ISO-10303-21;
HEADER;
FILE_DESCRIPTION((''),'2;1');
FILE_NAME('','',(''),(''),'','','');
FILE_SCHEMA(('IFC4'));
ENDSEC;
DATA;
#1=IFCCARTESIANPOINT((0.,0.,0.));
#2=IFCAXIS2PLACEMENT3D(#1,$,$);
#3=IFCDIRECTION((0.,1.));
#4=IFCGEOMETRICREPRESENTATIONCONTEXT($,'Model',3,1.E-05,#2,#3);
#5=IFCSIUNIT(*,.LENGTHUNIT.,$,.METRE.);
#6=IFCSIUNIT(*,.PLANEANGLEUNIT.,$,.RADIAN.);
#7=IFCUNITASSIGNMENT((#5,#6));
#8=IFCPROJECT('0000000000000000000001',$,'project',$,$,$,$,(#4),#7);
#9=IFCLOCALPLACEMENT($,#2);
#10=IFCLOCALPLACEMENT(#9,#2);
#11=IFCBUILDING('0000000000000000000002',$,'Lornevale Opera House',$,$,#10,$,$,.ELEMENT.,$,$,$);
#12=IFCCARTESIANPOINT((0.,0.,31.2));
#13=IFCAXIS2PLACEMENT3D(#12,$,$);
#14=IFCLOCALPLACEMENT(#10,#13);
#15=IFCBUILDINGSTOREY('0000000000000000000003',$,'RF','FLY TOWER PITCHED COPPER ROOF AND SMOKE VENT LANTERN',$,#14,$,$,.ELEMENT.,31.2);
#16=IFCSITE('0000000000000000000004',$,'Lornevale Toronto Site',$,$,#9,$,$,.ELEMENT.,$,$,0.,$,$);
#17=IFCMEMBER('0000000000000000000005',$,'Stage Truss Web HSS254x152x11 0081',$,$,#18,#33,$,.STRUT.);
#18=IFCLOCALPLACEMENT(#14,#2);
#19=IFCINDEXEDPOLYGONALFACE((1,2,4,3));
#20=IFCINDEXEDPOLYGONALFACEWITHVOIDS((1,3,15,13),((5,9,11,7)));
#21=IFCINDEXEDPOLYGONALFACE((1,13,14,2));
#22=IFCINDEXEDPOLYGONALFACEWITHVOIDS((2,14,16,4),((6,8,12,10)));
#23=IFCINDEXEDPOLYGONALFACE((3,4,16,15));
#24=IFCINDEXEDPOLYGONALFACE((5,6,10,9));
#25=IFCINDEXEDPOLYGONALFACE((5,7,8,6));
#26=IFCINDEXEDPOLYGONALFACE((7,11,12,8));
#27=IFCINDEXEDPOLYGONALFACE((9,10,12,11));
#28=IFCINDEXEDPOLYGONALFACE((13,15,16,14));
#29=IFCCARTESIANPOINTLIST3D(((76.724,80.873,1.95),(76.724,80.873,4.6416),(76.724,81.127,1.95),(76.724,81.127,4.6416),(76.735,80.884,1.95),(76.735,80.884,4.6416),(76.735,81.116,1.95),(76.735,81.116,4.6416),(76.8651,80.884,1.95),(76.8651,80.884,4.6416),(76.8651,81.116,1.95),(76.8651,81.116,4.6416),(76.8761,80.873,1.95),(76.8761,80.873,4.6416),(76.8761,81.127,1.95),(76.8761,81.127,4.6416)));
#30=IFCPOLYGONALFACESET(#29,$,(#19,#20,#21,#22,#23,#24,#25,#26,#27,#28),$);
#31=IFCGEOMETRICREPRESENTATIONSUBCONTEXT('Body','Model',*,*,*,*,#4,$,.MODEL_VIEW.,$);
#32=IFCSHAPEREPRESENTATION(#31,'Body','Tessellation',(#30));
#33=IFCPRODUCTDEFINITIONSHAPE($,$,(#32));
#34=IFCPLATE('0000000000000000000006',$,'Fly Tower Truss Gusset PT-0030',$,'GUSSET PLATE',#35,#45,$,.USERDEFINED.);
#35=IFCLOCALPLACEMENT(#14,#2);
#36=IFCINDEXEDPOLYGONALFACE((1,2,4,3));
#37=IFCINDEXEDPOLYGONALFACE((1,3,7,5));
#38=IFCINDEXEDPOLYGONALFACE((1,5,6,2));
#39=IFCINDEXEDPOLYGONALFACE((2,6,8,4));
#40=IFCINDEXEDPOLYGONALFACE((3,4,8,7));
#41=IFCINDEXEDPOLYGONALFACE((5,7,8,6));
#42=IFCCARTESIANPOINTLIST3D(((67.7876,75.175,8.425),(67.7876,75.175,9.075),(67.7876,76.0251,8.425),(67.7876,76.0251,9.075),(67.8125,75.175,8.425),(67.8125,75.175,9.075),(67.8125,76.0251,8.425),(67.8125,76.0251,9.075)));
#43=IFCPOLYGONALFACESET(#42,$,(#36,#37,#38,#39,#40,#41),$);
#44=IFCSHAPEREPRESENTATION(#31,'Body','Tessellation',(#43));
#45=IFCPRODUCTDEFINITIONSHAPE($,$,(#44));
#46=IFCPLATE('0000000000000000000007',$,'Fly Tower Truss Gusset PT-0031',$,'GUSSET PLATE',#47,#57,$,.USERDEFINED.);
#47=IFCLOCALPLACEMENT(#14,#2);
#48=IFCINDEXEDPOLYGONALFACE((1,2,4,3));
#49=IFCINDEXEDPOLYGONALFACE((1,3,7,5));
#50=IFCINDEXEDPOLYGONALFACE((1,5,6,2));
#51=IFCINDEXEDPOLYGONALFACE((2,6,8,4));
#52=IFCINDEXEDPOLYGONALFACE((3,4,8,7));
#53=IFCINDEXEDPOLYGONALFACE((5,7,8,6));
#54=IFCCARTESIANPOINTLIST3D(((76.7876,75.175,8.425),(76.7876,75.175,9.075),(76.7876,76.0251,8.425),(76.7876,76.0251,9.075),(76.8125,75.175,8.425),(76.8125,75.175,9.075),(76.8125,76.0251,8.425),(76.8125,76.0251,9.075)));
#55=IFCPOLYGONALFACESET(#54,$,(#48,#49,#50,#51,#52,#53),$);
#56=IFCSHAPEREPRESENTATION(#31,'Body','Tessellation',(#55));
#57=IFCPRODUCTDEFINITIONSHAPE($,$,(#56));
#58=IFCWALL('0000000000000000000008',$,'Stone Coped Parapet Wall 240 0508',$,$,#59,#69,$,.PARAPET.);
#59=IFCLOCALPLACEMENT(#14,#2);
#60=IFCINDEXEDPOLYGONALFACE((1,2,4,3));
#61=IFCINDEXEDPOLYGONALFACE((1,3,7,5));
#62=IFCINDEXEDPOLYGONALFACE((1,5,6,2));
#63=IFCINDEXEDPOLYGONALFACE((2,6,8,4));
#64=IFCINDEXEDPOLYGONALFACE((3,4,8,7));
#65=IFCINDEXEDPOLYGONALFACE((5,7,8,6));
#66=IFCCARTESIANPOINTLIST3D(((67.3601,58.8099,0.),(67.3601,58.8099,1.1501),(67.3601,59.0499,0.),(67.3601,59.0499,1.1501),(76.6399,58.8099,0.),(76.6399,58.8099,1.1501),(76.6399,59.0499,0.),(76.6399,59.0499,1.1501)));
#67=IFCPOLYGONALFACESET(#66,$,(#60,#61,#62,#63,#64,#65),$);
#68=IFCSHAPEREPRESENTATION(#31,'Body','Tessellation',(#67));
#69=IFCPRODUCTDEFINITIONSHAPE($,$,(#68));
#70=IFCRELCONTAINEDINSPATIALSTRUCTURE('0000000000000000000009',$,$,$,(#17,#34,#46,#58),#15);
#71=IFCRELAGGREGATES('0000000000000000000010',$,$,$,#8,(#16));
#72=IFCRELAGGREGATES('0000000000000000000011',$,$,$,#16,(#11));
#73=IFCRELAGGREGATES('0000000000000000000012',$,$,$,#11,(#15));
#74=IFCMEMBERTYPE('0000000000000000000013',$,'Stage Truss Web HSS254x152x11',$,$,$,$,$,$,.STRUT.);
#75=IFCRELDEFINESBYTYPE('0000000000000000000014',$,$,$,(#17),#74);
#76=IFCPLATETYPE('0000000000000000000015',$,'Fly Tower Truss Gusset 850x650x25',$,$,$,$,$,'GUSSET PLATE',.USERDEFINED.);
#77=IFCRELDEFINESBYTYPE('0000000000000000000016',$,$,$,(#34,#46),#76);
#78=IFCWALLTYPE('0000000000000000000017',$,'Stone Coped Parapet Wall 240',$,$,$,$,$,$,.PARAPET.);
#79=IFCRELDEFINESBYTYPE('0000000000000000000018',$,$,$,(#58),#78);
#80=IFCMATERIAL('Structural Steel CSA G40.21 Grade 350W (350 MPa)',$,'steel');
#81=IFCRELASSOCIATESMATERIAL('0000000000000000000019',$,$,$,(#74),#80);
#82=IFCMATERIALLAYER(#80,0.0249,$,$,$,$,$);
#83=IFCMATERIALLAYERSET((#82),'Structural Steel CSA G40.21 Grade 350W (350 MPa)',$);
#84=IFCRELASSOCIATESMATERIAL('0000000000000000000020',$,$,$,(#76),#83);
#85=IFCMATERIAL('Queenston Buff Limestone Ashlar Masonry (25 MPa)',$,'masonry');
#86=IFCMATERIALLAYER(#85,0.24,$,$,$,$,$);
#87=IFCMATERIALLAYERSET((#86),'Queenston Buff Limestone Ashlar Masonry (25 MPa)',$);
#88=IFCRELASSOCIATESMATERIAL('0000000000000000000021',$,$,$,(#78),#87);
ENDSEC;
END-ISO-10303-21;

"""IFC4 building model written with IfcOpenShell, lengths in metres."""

from ifc_helpers import new_model, si_unit, direction, frame, frame_2d, origin, origin_2d, place, context, subcontext, project, spatial, rectangle, hollow_rectangle, extrude, material, layer, layer_set, material_profile, profile_set, type_object, element, save


model = new_model("IFC4")

# Units and contexts
model_context = context("Model", 3, precision=1e-05, world=origin(), true_north=direction((0.0, 1.0)))
body_context = subcontext(model_context, "Body", "Model", "MODEL_VIEW")
ifc_project = project(units=[si_unit("LENGTHUNIT", "METRE"), si_unit("PLANEANGLEUNIT", "RADIAN")], contexts=[model_context])

# Site, building, storey
site_placement = place(None, origin())
site = spatial("IfcSite", under=ifc_project, at=site_placement, Name="Lornevale Toronto Site", CompositionType="ELEMENT", RefElevation=0.0)
building_placement = place(site_placement, origin())
building = spatial("IfcBuilding", under=site, at=building_placement, Name="Lornevale Opera House", CompositionType="ELEMENT")
storey_placement = place(building_placement, frame((0.0, 0.0, 31.2)))
storey = spatial("IfcBuildingStorey", under=building, at=storey_placement, Name="RF", Description="FLY TOWER PITCHED COPPER ROOF AND SMOKE VENT LANTERN", CompositionType="ELEMENT", Elevation=31.2)

# Shared definitions
ifc_material_1 = material(Name="Structural Steel CSA G40.21 Grade 350W (350 MPa)", Category="steel")

# Member
ifc_material_profile_1 = material_profile(ifc_material_1, hollow_rectangle(XDim=0.1521, YDim=0.2539, WallThickness=0.011, at=origin_2d()), Name="HSS254x152x11")
ifc_profile_set_1 = profile_set([ifc_material_profile_1], Name="Structural Steel CSA G40.21 Grade 350W (350 MPa)")
member_type = type_object("IfcMemberType", Name="Stage Truss Web HSS254x152x11", PredefinedType="STRUT", material=ifc_profile_set_1)
member_1_placement = place(storey_placement, frame((76.8, 81.0, 1.95), z_axis=(0.0, 0.0, 1.0), x_axis=(1.0, 0.0, 0.0)))
element("IfcMember", 1, at=member_1_placement, inside=storey, type_object=member_type, Name="Stage Truss Web HSS254x152x11 0081", PredefinedType="STRUT", context=body_context, shape_type="SweptSolid", body=[
    extrude(hollow_rectangle(XDim=0.1521, YDim=0.2539, WallThickness=0.011, at=origin_2d()), origin(), (0.0, 0.0, 1.0), 2.6917),
])

# Plates
ifc_layer_1 = layer(ifc_material_1, 0.0249)
ifc_layer_set_1 = layer_set([ifc_layer_1], Name="Structural Steel CSA G40.21 Grade 350W (350 MPa)")
plate_type = type_object("IfcPlateType", Name="Fly Tower Truss Gusset 850x650x25", ElementType="GUSSET PLATE", PredefinedType="USERDEFINED", material=ifc_layer_set_1)
for number, where, z_axis, x_axis, name in (
    (2, (67.8, 75.6001, 8.425), (0.0, 0.0, 1.0), (0.0, 1.0, 0.0), "Fly Tower Truss Gusset PT-0030"),
    (3, (76.8, 75.6001, 8.425), (0.0, 0.0, 1.0), (0.0, 1.0, 0.0), "Fly Tower Truss Gusset PT-0031"),
):
    element("IfcPlate", number, at=place(storey_placement, frame(where, z_axis=z_axis, x_axis=x_axis)), inside=storey, type_object=plate_type, Name=name, ObjectType="GUSSET PLATE", PredefinedType="USERDEFINED", context=body_context, shape_type="SweptSolid", body=[
        extrude(rectangle(XDim=0.8501, YDim=0.0249, at=origin_2d()), origin(), (0.0, 0.0, 1.0), 0.6499),
    ])

# Wall
ifc_material_2 = material(Name="Queenston Buff Limestone Ashlar Masonry (25 MPa)", Category="masonry")
ifc_layer_2 = layer(ifc_material_2, 0.24)
ifc_layer_set_2 = layer_set([ifc_layer_2], Name="Queenston Buff Limestone Ashlar Masonry (25 MPa)")
wall_type = type_object("IfcWallType", Name="Stone Coped Parapet Wall 240", PredefinedType="PARAPET", material=ifc_layer_set_2)
wall_placement = place(storey_placement, frame((76.6399, 58.9299, 0.0), z_axis=(0.0, 0.0, 1.0), x_axis=(-1.0, 0.0, 0.0)))
element("IfcWall", 4, at=wall_placement, inside=storey, type_object=wall_type, Name="Stone Coped Parapet Wall 240 0508", PredefinedType="PARAPET", context=body_context, shape_type="SweptSolid", body=[
    extrude(rectangle(XDim=9.2798, YDim=0.24, at=frame_2d((4.6399, 0.0))), origin(), (0.0, 0.0, 1.0), 1.1501),
])

save(model, "model.ifc")
